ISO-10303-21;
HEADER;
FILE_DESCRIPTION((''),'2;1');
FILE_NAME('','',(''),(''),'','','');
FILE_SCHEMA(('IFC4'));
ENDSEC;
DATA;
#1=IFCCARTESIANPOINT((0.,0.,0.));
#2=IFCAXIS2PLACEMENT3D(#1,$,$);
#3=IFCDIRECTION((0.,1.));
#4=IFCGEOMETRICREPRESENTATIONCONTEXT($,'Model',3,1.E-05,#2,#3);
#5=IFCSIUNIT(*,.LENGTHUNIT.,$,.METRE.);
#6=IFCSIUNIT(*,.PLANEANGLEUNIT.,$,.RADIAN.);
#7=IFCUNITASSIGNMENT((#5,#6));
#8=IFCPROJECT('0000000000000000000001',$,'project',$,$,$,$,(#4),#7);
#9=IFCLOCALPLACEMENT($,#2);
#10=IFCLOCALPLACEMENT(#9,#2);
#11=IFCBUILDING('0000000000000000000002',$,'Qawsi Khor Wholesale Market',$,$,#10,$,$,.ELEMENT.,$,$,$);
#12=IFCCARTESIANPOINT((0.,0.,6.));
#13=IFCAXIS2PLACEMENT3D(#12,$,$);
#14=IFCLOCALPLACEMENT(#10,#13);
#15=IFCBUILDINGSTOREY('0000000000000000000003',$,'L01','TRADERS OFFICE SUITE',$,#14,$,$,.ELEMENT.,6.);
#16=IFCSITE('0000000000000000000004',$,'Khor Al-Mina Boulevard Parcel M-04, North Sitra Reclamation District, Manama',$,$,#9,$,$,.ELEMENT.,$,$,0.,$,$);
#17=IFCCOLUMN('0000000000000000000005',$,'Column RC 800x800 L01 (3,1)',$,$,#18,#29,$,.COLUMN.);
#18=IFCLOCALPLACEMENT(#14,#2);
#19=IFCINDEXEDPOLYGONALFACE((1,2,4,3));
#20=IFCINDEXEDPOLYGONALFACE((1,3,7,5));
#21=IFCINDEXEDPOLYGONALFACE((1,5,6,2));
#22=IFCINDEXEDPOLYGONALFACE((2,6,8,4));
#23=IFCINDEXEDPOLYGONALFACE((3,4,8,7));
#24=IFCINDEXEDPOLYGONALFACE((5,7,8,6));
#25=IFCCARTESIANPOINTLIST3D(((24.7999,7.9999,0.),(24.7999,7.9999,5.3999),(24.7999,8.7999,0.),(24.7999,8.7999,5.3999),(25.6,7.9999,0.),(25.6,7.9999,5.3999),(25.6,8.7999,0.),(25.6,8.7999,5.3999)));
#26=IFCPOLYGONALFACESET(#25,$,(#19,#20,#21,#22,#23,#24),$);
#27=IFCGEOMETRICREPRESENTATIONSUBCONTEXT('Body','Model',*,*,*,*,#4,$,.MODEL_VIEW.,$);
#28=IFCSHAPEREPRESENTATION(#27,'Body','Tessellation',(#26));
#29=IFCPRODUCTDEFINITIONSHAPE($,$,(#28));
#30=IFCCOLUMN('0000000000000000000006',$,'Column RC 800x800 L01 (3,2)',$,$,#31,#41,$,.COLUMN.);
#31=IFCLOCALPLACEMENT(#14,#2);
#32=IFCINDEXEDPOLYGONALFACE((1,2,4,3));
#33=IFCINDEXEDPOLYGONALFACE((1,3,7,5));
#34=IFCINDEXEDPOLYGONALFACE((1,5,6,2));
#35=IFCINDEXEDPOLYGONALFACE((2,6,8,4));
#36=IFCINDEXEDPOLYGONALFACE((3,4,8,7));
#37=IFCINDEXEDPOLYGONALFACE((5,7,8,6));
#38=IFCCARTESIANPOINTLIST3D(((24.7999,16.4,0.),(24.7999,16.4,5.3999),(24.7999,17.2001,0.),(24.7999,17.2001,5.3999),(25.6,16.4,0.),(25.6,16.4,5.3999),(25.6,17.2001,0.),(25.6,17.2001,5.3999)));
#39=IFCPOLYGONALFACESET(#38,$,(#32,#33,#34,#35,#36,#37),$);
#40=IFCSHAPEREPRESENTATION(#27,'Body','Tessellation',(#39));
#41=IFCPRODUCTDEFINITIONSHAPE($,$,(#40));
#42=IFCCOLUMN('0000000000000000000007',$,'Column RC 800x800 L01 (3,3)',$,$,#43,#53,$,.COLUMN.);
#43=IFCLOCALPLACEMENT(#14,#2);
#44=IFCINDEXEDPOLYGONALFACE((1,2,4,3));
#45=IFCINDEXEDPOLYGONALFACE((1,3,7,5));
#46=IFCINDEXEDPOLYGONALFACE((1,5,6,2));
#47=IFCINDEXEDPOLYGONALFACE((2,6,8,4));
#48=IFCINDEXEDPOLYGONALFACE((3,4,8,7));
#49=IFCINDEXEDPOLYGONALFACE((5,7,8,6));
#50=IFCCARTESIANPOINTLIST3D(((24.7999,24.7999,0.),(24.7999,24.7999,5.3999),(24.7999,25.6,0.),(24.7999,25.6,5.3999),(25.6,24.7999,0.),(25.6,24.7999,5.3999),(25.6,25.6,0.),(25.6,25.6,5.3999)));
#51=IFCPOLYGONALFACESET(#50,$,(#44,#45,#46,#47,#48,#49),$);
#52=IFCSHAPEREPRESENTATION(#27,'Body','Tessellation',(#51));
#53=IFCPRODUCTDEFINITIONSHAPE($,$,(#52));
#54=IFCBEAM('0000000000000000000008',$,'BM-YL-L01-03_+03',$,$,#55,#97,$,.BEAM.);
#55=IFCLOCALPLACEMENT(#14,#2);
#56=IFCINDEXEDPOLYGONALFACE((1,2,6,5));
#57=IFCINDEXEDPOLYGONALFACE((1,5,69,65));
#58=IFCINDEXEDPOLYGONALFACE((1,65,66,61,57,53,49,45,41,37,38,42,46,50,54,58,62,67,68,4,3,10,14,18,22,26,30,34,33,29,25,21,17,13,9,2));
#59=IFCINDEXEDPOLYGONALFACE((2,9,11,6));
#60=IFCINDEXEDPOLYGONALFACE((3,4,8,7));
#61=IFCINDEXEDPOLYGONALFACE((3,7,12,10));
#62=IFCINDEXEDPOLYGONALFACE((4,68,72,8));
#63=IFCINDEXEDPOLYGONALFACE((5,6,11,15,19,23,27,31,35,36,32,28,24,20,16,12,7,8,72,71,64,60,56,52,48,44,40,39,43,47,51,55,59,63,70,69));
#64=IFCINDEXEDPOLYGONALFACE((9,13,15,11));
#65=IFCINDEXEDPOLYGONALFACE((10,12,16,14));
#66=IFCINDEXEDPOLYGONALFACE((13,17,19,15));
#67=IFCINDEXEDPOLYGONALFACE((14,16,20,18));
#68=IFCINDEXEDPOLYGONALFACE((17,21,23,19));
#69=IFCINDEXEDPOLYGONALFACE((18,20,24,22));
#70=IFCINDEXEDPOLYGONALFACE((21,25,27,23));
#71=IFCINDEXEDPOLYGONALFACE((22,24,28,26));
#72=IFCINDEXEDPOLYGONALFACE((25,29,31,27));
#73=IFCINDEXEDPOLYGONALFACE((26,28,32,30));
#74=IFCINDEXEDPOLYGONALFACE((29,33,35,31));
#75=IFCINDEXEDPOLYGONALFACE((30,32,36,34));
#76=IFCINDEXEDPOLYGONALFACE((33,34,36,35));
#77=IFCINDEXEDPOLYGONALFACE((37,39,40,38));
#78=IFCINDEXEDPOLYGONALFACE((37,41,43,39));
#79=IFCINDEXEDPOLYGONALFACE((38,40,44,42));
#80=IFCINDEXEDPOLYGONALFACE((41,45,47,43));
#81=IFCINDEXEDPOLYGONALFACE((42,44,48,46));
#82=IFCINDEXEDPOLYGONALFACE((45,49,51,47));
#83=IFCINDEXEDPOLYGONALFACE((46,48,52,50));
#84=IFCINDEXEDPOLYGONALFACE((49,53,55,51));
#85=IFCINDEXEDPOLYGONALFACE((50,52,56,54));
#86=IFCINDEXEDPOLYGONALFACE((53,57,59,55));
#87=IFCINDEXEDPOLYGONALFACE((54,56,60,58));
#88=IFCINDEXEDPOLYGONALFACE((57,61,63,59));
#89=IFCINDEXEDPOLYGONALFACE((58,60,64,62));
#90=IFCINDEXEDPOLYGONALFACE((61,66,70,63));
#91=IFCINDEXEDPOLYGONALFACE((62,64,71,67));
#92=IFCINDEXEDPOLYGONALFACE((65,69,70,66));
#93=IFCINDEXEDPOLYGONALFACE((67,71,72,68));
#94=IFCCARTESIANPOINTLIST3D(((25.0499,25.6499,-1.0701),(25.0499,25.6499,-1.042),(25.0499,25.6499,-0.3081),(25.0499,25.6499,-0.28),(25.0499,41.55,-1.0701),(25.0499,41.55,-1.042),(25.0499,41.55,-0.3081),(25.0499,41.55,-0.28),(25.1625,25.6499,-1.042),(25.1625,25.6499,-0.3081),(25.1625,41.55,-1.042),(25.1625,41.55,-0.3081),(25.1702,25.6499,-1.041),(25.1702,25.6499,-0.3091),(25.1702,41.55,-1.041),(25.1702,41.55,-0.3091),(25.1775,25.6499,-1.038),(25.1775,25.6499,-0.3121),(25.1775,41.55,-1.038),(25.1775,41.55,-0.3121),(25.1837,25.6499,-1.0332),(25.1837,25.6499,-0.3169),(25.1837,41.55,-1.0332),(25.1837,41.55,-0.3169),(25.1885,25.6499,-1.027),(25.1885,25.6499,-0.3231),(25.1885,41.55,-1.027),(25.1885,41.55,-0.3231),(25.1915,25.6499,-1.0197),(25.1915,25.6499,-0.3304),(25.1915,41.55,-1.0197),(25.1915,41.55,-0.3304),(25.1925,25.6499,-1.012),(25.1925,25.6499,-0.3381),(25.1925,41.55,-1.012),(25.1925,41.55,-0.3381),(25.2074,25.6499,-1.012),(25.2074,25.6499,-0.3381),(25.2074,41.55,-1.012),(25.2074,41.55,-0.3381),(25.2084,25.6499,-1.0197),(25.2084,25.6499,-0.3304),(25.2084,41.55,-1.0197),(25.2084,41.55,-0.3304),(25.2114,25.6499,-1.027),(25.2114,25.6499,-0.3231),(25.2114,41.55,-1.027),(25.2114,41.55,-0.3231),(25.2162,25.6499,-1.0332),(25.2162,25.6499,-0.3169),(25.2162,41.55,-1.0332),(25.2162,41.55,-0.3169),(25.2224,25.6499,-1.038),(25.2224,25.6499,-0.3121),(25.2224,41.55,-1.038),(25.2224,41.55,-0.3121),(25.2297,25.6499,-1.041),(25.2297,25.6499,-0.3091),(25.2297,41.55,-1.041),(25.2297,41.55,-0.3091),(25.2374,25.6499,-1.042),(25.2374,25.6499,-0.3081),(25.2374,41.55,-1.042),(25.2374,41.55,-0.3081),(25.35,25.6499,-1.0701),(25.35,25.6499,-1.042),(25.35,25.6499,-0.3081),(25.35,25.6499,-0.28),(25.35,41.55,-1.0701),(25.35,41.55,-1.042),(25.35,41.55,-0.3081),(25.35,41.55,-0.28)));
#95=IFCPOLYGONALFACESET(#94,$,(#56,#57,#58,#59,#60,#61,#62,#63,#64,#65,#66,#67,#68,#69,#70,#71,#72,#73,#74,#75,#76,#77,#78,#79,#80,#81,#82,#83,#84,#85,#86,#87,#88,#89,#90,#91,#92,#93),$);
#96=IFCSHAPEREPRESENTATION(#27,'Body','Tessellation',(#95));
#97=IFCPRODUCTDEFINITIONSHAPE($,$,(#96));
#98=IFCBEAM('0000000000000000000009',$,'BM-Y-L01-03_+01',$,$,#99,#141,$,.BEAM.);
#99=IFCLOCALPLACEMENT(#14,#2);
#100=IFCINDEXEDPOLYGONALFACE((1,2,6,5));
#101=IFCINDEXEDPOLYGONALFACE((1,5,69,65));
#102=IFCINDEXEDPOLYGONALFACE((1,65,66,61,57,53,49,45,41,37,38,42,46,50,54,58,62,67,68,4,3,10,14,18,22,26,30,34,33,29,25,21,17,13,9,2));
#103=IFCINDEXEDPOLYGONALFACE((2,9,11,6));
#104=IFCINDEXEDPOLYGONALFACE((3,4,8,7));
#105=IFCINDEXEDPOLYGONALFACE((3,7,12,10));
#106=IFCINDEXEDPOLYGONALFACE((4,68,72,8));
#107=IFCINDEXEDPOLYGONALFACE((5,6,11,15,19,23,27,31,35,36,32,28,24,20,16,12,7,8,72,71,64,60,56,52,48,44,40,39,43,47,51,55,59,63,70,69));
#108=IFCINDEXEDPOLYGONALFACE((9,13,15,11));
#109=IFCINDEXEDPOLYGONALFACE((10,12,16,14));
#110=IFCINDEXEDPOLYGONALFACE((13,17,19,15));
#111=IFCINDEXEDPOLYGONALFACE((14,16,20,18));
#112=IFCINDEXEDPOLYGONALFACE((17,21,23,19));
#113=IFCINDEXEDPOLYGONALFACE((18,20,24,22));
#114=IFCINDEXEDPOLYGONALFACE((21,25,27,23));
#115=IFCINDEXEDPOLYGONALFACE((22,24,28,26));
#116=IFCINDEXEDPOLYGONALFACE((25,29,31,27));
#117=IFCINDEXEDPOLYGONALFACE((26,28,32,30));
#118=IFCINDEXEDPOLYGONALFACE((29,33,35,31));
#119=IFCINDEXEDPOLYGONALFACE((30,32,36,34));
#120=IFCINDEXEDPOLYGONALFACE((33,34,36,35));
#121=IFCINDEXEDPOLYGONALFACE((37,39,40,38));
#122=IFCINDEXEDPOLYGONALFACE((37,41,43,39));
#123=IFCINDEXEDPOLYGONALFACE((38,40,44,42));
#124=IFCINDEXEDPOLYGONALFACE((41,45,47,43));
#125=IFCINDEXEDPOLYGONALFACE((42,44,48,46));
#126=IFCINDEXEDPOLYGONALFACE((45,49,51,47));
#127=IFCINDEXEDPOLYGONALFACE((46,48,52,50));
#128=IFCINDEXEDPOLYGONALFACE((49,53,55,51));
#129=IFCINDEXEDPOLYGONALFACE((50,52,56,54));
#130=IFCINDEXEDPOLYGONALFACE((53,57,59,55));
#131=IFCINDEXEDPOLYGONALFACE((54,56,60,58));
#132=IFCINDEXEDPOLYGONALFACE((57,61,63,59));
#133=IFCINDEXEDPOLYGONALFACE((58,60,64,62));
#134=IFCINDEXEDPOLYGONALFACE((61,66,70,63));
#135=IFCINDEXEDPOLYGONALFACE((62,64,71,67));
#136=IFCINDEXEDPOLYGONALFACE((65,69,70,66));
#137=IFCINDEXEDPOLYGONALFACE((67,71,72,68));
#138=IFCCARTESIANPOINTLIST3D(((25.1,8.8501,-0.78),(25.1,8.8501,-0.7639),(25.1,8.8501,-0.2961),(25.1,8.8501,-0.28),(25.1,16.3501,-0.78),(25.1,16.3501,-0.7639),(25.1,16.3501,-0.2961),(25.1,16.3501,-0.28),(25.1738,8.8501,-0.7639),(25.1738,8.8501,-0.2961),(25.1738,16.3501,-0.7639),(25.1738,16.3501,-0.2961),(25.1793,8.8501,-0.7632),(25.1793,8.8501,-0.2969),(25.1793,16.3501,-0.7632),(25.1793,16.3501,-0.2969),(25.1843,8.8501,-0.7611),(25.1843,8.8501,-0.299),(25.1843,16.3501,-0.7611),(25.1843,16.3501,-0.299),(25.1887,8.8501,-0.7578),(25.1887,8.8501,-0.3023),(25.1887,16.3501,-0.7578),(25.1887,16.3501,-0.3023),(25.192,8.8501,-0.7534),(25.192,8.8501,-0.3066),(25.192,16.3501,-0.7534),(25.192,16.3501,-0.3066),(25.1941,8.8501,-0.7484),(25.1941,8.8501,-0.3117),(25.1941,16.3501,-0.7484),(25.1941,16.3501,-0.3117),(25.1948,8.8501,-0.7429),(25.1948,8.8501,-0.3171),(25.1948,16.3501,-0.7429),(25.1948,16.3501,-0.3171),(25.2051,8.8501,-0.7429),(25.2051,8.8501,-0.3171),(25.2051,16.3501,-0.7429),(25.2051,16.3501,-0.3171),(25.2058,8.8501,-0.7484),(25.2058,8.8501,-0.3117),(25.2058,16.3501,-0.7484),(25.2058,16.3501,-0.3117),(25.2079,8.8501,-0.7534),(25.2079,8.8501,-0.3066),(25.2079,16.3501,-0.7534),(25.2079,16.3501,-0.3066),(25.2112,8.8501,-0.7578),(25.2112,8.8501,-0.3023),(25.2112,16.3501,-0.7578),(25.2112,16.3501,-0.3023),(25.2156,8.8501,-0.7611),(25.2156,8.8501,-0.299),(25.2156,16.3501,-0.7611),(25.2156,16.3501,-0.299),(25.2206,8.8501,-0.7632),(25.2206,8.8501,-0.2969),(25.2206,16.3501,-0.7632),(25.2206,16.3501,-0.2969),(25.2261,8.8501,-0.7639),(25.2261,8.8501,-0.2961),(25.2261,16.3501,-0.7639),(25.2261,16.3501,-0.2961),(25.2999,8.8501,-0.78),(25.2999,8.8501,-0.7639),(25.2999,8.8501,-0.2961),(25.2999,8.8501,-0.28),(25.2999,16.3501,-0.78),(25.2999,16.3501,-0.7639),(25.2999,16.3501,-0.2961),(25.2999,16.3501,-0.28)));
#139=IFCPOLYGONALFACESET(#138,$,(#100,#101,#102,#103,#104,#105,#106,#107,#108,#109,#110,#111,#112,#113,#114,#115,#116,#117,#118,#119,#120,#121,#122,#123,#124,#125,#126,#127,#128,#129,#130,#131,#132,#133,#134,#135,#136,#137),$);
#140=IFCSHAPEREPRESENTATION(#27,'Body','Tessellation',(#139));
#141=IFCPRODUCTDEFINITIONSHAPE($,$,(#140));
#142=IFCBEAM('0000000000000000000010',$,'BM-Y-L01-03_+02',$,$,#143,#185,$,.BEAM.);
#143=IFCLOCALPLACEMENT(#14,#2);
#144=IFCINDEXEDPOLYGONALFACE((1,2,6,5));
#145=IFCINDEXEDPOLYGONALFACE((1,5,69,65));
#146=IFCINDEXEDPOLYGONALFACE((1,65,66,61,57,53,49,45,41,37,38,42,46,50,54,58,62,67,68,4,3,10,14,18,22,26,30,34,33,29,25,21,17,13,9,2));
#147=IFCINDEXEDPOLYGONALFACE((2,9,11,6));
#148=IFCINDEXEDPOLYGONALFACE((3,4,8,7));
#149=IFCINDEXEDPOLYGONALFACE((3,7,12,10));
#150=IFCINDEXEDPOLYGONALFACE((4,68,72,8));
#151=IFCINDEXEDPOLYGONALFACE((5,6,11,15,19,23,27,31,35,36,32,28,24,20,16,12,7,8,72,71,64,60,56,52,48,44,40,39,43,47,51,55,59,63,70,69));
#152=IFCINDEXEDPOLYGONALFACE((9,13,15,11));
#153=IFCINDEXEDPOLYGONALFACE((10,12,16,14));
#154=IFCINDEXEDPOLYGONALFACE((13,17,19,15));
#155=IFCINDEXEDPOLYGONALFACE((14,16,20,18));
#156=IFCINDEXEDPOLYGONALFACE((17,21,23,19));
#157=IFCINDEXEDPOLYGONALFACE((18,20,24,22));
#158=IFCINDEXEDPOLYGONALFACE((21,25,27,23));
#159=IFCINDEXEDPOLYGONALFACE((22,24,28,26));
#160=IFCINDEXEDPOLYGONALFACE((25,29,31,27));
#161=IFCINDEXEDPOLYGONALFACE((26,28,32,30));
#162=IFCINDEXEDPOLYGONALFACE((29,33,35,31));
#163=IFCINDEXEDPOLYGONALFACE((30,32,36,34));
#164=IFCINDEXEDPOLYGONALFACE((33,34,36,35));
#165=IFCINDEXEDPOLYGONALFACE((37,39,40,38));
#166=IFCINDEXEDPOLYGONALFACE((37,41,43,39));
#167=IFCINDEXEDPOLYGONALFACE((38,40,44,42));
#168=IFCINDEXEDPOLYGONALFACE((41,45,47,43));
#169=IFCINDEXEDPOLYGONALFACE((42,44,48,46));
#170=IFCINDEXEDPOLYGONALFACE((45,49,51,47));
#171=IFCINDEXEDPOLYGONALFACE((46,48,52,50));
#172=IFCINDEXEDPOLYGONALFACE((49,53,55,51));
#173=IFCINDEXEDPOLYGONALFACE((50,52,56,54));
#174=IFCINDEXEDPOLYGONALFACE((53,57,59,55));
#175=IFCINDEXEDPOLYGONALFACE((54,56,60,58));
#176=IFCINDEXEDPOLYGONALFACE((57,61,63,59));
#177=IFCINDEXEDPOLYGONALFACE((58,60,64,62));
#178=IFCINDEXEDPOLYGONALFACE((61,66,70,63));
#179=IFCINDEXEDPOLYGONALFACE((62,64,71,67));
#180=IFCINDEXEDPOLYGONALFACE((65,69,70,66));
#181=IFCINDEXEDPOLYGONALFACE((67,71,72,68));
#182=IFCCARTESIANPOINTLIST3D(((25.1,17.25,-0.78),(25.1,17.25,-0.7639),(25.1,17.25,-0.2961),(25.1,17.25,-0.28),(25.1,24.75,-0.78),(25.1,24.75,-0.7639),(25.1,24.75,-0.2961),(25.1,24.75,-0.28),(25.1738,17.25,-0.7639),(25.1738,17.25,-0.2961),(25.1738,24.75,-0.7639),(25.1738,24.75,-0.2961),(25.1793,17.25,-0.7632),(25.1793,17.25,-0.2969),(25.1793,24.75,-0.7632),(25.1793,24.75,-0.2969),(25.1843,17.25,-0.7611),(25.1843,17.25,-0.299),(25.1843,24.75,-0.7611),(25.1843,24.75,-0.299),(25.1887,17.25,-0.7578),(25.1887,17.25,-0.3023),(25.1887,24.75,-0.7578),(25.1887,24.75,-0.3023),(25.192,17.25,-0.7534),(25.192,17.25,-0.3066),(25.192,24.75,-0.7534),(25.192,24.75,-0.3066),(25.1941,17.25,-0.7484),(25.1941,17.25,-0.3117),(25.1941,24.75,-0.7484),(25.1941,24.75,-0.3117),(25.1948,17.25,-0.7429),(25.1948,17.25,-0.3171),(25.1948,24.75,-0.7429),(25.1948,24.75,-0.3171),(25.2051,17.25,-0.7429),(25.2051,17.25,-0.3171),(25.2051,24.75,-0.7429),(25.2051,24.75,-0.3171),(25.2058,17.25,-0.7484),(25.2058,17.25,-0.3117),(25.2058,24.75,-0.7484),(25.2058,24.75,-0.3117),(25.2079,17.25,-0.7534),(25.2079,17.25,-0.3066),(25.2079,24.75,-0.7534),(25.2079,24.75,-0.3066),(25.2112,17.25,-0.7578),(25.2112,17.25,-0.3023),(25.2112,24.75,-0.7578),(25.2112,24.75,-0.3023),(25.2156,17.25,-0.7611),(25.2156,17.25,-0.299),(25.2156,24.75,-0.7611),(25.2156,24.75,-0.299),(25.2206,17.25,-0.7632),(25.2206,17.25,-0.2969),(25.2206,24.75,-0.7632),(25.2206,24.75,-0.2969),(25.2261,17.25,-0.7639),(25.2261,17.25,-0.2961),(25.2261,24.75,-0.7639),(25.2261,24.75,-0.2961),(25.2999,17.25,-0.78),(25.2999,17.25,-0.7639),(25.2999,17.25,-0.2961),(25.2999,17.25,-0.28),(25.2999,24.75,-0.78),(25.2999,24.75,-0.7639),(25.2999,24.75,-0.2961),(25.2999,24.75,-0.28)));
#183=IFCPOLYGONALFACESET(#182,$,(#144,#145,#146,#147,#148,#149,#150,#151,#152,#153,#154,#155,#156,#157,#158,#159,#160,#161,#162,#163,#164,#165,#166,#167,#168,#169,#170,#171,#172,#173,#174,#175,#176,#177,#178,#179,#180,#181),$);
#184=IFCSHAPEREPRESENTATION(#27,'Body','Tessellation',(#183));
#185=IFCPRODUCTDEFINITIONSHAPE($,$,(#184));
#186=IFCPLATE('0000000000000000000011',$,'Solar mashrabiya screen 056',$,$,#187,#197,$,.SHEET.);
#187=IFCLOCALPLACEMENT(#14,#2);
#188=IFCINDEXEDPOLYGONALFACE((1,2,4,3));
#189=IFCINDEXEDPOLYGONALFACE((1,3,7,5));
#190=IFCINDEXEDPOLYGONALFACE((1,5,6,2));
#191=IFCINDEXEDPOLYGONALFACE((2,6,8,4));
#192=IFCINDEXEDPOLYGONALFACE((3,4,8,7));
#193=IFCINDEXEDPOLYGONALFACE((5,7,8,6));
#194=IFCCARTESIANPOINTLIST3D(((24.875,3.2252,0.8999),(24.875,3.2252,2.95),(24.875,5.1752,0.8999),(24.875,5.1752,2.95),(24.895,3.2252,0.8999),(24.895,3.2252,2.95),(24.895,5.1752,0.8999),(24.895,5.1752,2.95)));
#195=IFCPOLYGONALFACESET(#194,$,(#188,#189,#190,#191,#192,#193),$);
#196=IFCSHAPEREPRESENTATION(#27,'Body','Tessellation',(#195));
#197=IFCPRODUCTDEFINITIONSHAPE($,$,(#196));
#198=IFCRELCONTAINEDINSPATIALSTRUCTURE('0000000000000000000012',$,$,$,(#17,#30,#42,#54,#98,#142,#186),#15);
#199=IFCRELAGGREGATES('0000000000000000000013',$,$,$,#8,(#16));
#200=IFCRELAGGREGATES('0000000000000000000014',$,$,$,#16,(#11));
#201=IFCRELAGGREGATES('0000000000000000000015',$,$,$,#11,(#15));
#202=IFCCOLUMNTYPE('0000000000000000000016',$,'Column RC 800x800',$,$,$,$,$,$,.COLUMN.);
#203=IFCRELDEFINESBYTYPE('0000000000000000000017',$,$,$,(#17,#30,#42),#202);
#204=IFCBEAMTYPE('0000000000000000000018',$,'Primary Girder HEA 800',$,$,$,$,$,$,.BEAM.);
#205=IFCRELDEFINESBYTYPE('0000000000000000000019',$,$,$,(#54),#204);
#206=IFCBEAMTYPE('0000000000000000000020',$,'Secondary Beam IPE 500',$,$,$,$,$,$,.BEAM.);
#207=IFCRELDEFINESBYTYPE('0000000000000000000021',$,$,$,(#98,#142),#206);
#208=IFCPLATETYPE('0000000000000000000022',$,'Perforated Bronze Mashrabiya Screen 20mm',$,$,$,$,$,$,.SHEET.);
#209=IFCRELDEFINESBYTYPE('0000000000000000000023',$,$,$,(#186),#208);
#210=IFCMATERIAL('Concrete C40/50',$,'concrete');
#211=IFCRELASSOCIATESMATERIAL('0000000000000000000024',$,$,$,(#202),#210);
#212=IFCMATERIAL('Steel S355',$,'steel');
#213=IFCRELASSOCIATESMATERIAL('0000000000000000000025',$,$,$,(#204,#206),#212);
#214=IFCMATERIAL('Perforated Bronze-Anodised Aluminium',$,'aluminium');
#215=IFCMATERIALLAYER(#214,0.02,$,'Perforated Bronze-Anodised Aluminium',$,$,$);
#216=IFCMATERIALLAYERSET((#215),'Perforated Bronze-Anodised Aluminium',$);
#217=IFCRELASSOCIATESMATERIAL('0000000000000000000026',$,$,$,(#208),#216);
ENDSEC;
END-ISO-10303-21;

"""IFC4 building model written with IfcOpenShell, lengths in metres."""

from ifc_helpers import new_model, si_unit, direction, frame, frame_2d, origin, origin_2d, place, context, subcontext, project, spatial, rectangle, i_section, extrude, material, layer, layer_set, material_profile, profile_set, type_object, element, save


model = new_model("IFC4")

# Units and contexts
model_context = context("Model", 3, precision=1e-05, world=origin(), true_north=direction((0.0, 1.0)))
body_context = subcontext(model_context, "Body", "Model", "MODEL_VIEW")
ifc_project = project(units=[si_unit("LENGTHUNIT", "METRE"), si_unit("PLANEANGLEUNIT", "RADIAN")], contexts=[model_context])

# Site, building, storey
site_placement = place(None, origin())
site = spatial("IfcSite", under=ifc_project, at=site_placement, Name="Khor Al-Mina Boulevard Parcel M-04, North Sitra Reclamation District, Manama", CompositionType="ELEMENT", RefElevation=0.0)
building_placement = place(site_placement, origin())
building = spatial("IfcBuilding", under=site, at=building_placement, Name="Qawsi Khor Wholesale Market", CompositionType="ELEMENT")
storey_placement = place(building_placement, frame((0.0, 0.0, 6.0)))
storey = spatial("IfcBuildingStorey", under=building, at=storey_placement, Name="L01", Description="TRADERS OFFICE SUITE", CompositionType="ELEMENT", Elevation=6.0)

# Columns
ifc_material_1 = material(Name="Concrete C40/50", Category="concrete")
ifc_material_profile_1 = material_profile(ifc_material_1, rectangle(XDim=0.8, YDim=0.8, at=origin_2d()), Name="RC 800x800")
ifc_profile_set_1 = profile_set([ifc_material_profile_1], Name="Concrete C40/50")
column_type = type_object("IfcColumnType", Name="Column RC 800x800", PredefinedType="COLUMN", material=ifc_profile_set_1)
for number, where, z_axis, x_axis, name in (
    (1, (25.2, 8.3999, 0.0), (0.0, 0.0, 1.0), (1.0, 0.0, 0.0), "Column RC 800x800 L01 (3,1)"),
    (2, (25.2, 16.8, 0.0), (0.0, 0.0, 1.0), (1.0, 0.0, 0.0), "Column RC 800x800 L01 (3,2)"),
    (3, (25.2, 25.2, 0.0), (0.0, 0.0, 1.0), (1.0, 0.0, 0.0), "Column RC 800x800 L01 (3,3)"),
):
    element("IfcColumn", number, at=place(storey_placement, frame(where, z_axis=z_axis, x_axis=x_axis)), inside=storey, type_object=column_type, Name=name, PredefinedType="COLUMN", context=body_context, shape_type="SweptSolid", body=[
        extrude(rectangle(XDim=0.8, YDim=0.8, at=origin_2d()), origin(), (0.0, 0.0, 1.0), 5.3999),
    ])

# Beams
ifc_material_2 = material(Name="Steel S355", Category="steel")
ifc_material_profile_2 = material_profile(ifc_material_2, i_section(OverallWidth=0.3, OverallDepth=0.79, WebThickness=0.0149, FlangeThickness=0.0281, FilletRadius=0.03, at=origin_2d()), Name="HEA 800")
ifc_profile_set_2 = profile_set([ifc_material_profile_2], Name="Steel S355")
beam_type_1 = type_object("IfcBeamType", Name="Primary Girder HEA 800", PredefinedType="BEAM", material=ifc_profile_set_2)
beam_placement = place(storey_placement, frame((25.2, 25.6499, -0.675), z_axis=(0.0, 1.0, 0.0), x_axis=(-1.0, 0.0, 0.0)))
element("IfcBeam", 4, at=beam_placement, inside=storey, type_object=beam_type_1, Name="BM-YL-L01-03_+03", PredefinedType="BEAM", context=body_context, shape_type="SweptSolid", body=[
    extrude(i_section(OverallWidth=0.3, OverallDepth=0.79, WebThickness=0.0149, FlangeThickness=0.0281, FilletRadius=0.03, at=origin_2d()), origin(), (0.0, 0.0, 1.0), 15.9001),
])
ifc_material_profile_3 = material_profile(ifc_material_2, i_section(OverallWidth=0.2, OverallDepth=0.5, WebThickness=0.0103, FlangeThickness=0.0161, FilletRadius=0.021, at=origin_2d()), Name="IPE 500")
ifc_profile_set_3 = profile_set([ifc_material_profile_3], Name="Steel S355")
beam_type_2 = type_object("IfcBeamType", Name="Secondary Beam IPE 500", PredefinedType="BEAM", material=ifc_profile_set_3)
for number, where, z_axis, x_axis, name in (
    (5, (25.2, 8.8501, -0.53), (0.0, 1.0, 0.0), (-1.0, 0.0, 0.0), "BM-Y-L01-03_+01"),
    (6, (25.2, 17.25, -0.53), (0.0, 1.0, 0.0), (-1.0, 0.0, 0.0), "BM-Y-L01-03_+02"),
):
    element("IfcBeam", number, at=place(storey_placement, frame(where, z_axis=z_axis, x_axis=x_axis)), inside=storey, type_object=beam_type_2, Name=name, PredefinedType="BEAM", context=body_context, shape_type="SweptSolid", body=[
        extrude(i_section(OverallWidth=0.2, OverallDepth=0.5, WebThickness=0.0103, FlangeThickness=0.0161, FilletRadius=0.021, at=origin_2d()), origin(), (0.0, 0.0, 1.0), 7.5),
    ])

# Plate
ifc_material_3 = material(Name="Perforated Bronze-Anodised Aluminium", Category="aluminium")
ifc_layer_1 = layer(ifc_material_3, 0.02, Name="Perforated Bronze-Anodised Aluminium")
ifc_layer_set_1 = layer_set([ifc_layer_1], Name="Perforated Bronze-Anodised Aluminium")
plate_type = type_object("IfcPlateType", Name="Perforated Bronze Mashrabiya Screen 20mm", PredefinedType="SHEET", material=ifc_layer_set_1)
plate_1_placement = place(storey_placement, frame((24.885, 3.2251, 0.8999), z_axis=(0.0, 0.0, 1.0), x_axis=(0.0, 1.0, 0.0)))
element("IfcPlate", 7, at=plate_1_placement, inside=storey, type_object=plate_type, Name="Solar mashrabiya screen 056", PredefinedType="SHEET", context=body_context, shape_type="SweptSolid", body=[
    extrude(rectangle(XDim=1.95, YDim=0.02, at=frame_2d((0.9751, 0.0))), origin(), (0.0, 0.0, 1.0), 2.05),
])

save(model, "model.ifc")
